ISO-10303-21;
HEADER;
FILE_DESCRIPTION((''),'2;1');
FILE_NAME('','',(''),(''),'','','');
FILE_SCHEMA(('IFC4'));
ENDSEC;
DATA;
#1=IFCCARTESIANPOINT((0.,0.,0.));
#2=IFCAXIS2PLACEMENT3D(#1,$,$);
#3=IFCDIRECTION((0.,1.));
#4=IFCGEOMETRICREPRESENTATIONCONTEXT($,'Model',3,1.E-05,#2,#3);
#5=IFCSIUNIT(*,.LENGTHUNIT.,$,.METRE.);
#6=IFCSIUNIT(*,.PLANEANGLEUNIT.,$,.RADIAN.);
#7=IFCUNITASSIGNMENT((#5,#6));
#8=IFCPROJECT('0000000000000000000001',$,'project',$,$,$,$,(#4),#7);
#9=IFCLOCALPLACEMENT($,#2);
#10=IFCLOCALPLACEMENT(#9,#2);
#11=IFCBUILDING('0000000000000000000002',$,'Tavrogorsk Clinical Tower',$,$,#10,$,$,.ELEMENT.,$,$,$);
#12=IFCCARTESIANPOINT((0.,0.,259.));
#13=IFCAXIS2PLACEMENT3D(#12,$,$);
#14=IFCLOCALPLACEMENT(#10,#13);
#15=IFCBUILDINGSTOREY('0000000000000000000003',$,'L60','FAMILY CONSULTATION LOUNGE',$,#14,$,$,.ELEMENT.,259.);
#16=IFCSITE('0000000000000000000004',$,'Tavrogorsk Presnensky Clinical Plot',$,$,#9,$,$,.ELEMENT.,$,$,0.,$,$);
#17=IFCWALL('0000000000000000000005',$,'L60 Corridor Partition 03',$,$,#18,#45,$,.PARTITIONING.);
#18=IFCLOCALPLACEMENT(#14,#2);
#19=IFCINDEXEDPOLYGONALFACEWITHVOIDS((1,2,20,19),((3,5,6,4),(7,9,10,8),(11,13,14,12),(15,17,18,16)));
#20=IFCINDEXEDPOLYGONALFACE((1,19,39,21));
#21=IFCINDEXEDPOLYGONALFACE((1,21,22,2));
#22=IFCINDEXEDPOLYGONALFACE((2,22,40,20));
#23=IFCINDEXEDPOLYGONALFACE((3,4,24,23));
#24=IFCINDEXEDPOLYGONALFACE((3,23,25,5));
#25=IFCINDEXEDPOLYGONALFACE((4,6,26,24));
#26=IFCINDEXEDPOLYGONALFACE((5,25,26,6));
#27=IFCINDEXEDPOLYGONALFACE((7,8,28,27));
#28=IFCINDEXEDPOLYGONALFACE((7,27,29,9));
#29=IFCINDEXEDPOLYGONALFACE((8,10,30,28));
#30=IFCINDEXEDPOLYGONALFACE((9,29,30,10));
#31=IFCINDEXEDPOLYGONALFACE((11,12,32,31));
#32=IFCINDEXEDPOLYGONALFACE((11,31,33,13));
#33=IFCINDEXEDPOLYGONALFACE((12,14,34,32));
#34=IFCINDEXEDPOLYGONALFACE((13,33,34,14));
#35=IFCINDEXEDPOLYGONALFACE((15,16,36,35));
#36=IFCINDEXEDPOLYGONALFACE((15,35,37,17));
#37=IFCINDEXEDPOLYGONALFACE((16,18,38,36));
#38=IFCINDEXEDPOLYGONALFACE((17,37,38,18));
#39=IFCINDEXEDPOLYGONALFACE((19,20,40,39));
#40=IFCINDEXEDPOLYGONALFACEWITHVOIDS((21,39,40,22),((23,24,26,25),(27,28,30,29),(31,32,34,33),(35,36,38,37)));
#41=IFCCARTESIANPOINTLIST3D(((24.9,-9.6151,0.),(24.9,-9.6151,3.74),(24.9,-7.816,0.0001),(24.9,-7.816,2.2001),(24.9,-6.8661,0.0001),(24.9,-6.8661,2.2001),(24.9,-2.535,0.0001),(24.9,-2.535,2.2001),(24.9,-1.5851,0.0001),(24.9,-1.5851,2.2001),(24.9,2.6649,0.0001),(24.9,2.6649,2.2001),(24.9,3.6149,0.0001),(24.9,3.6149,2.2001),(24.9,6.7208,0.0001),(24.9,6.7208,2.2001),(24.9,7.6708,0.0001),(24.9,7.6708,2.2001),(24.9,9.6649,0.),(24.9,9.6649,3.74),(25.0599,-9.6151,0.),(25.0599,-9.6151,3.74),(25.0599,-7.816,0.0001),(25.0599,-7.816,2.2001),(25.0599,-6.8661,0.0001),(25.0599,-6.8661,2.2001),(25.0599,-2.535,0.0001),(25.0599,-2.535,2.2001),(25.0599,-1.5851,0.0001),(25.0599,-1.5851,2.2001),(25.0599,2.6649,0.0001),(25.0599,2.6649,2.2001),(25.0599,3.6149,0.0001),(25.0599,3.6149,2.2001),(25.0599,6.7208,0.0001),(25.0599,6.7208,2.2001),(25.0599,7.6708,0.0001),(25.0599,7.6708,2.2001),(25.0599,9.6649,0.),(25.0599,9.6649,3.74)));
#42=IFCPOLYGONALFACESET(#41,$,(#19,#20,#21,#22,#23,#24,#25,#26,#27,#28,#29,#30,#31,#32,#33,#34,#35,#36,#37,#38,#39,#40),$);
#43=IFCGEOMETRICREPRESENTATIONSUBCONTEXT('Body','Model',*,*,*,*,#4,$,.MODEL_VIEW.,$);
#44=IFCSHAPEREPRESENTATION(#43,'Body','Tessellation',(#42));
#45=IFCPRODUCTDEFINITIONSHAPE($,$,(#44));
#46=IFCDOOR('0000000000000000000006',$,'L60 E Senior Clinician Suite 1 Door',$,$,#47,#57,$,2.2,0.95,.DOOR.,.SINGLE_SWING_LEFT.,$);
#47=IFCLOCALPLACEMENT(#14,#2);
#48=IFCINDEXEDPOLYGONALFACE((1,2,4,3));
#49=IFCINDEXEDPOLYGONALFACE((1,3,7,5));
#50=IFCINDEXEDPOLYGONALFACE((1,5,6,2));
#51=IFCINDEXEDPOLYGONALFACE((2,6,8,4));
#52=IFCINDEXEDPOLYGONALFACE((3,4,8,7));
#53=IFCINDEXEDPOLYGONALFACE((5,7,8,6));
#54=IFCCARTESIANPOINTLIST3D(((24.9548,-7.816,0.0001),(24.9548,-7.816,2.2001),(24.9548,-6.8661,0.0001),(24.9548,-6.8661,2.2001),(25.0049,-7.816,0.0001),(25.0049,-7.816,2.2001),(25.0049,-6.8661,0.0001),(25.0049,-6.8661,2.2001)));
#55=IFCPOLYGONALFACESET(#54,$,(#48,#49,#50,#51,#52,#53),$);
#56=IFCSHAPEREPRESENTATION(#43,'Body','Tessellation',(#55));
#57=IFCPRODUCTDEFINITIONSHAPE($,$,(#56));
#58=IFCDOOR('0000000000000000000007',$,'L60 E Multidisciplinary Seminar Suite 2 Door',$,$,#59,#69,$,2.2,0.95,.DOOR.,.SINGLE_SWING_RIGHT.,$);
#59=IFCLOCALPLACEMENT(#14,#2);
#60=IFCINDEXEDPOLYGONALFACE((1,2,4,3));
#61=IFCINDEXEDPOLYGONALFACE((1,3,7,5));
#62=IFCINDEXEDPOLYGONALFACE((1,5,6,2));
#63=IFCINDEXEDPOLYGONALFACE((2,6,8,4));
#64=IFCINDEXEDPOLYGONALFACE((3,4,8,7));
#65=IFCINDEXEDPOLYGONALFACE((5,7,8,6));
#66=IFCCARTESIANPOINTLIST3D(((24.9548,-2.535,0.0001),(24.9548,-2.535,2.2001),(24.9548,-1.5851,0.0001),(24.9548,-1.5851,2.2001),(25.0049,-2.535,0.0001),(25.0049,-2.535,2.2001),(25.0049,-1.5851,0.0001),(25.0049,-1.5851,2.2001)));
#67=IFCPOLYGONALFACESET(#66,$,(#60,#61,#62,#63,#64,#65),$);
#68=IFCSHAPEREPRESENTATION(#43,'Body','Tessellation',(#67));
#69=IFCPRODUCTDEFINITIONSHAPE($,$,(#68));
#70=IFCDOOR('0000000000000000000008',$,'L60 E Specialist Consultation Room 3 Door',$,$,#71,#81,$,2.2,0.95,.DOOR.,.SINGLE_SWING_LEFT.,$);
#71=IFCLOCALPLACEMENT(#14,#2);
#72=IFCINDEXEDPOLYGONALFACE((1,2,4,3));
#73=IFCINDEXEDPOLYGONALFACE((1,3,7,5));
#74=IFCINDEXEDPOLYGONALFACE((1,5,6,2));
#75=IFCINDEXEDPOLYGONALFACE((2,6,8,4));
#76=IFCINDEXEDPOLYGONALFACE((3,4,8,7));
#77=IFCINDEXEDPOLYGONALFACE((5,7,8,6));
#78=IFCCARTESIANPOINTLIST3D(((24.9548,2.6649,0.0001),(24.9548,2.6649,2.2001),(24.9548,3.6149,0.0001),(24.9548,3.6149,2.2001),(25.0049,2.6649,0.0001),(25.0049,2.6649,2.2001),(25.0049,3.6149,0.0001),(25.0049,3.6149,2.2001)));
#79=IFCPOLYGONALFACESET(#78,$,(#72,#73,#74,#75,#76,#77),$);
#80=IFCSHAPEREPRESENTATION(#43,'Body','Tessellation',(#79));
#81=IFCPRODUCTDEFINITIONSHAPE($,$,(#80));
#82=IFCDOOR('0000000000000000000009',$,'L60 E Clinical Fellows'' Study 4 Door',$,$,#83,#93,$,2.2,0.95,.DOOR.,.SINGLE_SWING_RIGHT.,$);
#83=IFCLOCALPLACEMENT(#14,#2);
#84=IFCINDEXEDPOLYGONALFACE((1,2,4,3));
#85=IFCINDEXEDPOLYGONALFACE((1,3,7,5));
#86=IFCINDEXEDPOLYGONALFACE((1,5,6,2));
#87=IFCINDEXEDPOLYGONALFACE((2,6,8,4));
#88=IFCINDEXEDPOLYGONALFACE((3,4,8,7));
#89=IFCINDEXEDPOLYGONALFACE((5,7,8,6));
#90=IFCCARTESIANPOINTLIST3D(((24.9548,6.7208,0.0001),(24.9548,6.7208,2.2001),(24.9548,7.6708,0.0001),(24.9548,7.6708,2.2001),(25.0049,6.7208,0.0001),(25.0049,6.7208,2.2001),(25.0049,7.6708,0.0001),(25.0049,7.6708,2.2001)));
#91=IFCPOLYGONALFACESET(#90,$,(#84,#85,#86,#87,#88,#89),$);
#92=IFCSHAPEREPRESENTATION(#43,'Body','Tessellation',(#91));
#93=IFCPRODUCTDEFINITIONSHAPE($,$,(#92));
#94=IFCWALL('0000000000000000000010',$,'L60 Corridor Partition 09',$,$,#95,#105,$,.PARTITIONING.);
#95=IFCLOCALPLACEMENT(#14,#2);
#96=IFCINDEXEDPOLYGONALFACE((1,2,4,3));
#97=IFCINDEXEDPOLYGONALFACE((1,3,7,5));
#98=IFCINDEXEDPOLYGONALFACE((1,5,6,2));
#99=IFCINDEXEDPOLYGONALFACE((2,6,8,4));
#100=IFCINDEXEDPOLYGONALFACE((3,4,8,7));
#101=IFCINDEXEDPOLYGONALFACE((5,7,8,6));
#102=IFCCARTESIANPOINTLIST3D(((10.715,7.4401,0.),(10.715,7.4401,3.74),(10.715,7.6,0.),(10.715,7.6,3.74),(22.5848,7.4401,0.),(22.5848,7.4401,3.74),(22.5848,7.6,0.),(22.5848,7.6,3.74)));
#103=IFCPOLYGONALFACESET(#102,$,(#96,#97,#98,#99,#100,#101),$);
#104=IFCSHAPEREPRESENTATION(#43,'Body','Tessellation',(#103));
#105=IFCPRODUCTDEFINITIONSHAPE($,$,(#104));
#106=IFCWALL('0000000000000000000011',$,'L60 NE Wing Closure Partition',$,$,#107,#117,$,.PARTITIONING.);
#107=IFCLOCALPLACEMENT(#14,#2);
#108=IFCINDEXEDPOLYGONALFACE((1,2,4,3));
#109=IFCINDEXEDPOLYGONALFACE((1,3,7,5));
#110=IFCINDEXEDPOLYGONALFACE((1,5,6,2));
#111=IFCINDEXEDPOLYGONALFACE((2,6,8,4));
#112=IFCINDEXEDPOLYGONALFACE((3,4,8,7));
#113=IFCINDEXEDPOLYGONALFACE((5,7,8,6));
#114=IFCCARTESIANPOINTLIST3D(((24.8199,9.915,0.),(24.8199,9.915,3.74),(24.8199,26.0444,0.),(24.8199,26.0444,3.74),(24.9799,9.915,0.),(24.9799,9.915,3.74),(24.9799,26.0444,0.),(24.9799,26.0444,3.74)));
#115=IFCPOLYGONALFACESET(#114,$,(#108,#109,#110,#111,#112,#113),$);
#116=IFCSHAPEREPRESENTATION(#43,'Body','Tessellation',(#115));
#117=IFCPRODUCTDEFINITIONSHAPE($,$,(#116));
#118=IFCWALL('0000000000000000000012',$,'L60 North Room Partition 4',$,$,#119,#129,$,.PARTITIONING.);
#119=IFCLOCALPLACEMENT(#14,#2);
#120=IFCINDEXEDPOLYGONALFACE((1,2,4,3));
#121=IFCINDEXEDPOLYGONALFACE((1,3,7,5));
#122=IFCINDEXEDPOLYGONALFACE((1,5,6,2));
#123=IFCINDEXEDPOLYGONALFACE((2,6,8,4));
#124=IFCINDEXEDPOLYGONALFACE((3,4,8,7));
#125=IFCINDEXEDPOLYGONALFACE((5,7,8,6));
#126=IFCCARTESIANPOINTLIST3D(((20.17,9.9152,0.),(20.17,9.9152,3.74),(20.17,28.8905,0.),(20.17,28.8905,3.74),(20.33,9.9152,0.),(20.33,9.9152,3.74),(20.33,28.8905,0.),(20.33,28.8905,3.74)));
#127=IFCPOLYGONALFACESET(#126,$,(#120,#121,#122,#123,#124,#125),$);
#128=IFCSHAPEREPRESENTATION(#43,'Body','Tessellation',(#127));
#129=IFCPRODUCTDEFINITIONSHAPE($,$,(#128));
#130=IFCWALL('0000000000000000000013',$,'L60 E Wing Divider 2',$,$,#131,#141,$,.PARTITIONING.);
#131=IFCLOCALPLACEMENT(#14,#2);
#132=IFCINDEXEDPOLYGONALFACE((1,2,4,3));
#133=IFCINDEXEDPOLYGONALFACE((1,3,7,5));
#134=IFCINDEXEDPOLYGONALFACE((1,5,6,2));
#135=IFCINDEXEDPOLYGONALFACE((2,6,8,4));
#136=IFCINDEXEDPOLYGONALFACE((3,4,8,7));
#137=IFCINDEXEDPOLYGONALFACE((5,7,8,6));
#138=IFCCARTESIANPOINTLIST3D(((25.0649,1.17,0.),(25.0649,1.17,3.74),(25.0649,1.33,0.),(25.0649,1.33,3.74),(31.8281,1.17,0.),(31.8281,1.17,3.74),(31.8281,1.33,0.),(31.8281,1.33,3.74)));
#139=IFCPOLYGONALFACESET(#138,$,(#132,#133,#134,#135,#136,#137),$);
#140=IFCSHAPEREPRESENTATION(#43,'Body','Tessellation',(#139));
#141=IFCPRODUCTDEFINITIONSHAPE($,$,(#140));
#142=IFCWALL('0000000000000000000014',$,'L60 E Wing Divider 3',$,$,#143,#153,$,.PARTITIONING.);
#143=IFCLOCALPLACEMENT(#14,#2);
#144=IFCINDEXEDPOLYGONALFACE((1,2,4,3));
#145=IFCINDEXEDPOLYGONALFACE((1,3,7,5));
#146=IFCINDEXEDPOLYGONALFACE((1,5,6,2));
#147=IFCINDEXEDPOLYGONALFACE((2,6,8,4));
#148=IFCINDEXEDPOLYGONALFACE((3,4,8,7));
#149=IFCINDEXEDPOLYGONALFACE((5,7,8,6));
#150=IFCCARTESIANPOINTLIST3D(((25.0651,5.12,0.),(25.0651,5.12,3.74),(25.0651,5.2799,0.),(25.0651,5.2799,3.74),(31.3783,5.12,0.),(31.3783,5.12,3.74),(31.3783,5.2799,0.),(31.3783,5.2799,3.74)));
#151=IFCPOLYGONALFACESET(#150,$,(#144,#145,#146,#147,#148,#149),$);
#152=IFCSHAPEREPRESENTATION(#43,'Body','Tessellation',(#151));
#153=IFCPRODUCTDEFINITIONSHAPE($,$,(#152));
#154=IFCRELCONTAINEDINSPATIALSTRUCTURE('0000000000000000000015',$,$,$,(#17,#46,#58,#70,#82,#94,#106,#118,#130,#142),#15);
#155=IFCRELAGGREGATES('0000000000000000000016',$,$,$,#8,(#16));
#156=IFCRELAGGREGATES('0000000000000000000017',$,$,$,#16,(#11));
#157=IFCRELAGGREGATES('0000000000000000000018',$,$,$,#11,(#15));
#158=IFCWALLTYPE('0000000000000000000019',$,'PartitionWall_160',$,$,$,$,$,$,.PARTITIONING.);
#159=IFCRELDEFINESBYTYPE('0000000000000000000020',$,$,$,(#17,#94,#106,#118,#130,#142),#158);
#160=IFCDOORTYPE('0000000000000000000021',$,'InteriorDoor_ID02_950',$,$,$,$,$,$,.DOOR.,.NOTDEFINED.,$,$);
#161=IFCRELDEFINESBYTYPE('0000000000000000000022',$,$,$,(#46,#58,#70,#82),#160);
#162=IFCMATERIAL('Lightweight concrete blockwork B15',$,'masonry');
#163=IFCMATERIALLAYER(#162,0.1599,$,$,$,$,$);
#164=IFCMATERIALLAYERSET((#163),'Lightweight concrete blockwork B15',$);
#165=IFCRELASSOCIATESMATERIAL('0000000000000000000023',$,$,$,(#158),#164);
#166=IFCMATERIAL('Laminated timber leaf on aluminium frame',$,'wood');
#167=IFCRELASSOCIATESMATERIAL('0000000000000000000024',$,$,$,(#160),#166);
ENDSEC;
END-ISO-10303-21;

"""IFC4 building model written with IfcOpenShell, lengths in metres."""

from ifc_helpers import new_model, si_unit, direction, frame, frame_2d, origin, place, context, subcontext, project, spatial, rectangle, extrude, material, layer, layer_set, type_object, element, fill, save


model = new_model("IFC4")

# Units and contexts
model_context = context("Model", 3, precision=1e-05, world=origin(), true_north=direction((0.0, 1.0)))
body_context = subcontext(model_context, "Body", "Model", "MODEL_VIEW")
ifc_project = project(units=[si_unit("LENGTHUNIT", "METRE"), si_unit("PLANEANGLEUNIT", "RADIAN")], contexts=[model_context])

# Site, building, storey
site_placement = place(None, origin())
site = spatial("IfcSite", under=ifc_project, at=site_placement, Name="Tavrogorsk Presnensky Clinical Plot", CompositionType="ELEMENT", RefElevation=0.0)
building_placement = place(site_placement, origin())
building = spatial("IfcBuilding", under=site, at=building_placement, Name="Tavrogorsk Clinical Tower", CompositionType="ELEMENT")
storey_placement = place(building_placement, frame((0.0, 0.0, 259.0)))
storey = spatial("IfcBuildingStorey", under=building, at=storey_placement, Name="L60", Description="FAMILY CONSULTATION LOUNGE", CompositionType="ELEMENT", Elevation=259.0)

# Wall, openings, doors
ifc_material_1 = material(Name="Lightweight concrete blockwork B15", Category="masonry")
ifc_layer_1 = layer(ifc_material_1, 0.1599)
ifc_layer_set_1 = layer_set([ifc_layer_1], Name="Lightweight concrete blockwork B15")
wall_type_1 = type_object("IfcWallType", Name="PartitionWall_160", PredefinedType="PARTITIONING", material=ifc_layer_set_1)
wall_1_placement = place(storey_placement, frame((24.98, 9.665, 0.0), z_axis=(0.0, 0.0, 1.0), x_axis=(0.0, -1.0, 0.0)))
wall_1 = element("IfcWall", 1, at=wall_1_placement, inside=storey, type_object=wall_type_1, Name="L60 Corridor Partition 03", PredefinedType="PARTITIONING", context=body_context, shape_type="SweptSolid", body=[
    extrude(rectangle(XDim=19.28, YDim=0.1599, at=frame_2d((9.6401, 0.0))), origin(), (0.0, 0.0, 1.0), 3.74),
])
opening_1_placement = place(wall_1_placement, frame((16.531, 0.0, 0.0)))
opening_1 = element("IfcOpeningElement", 2, at=opening_1_placement, cuts=wall_1, PredefinedType="OPENING", context=body_context, shape_type="SweptSolid", body=[
    extrude(rectangle(XDim=0.95, YDim=2.2, at=frame_2d((0.4751, 1.1001))), frame((0.0, 0.0898, 0.0), z_axis=(0.0, -1.0, 0.0), x_axis=(1.0, 0.0, 0.0)), (0.0, 0.0, 1.0), 0.1799),
])
opening_2_placement = place(wall_1_placement, frame((11.25, 0.0, 0.0)))
opening_2 = element("IfcOpeningElement", 3, at=opening_2_placement, cuts=wall_1, PredefinedType="OPENING", context=body_context, shape_type="SweptSolid", body=[
    extrude(rectangle(XDim=0.95, YDim=2.2, at=frame_2d((0.4751, 1.1001))), frame((0.0, 0.0898, 0.0), z_axis=(0.0, -1.0, 0.0), x_axis=(1.0, 0.0, 0.0)), (0.0, 0.0, 1.0), 0.1799),
])
opening_3_placement = place(wall_1_placement, frame((6.05, 0.0, 0.0)))
opening_3 = element("IfcOpeningElement", 4, at=opening_3_placement, cuts=wall_1, PredefinedType="OPENING", context=body_context, shape_type="SweptSolid", body=[
    extrude(rectangle(XDim=0.95, YDim=2.2, at=frame_2d((0.4751, 1.1001))), frame((0.0, 0.0898, 0.0), z_axis=(0.0, -1.0, 0.0), x_axis=(1.0, 0.0, 0.0)), (0.0, 0.0, 1.0), 0.1799),
])
opening_4_placement = place(wall_1_placement, frame((1.9941, 0.0, 0.0)))
opening_4 = element("IfcOpeningElement", 5, at=opening_4_placement, cuts=wall_1, PredefinedType="OPENING", context=body_context, shape_type="SweptSolid", body=[
    extrude(rectangle(XDim=0.95, YDim=2.2, at=frame_2d((0.4751, 1.1001))), frame((0.0, 0.0898, 0.0), z_axis=(0.0, -1.0, 0.0), x_axis=(1.0, 0.0, 0.0)), (0.0, 0.0, 1.0), 0.1799),
])
ifc_material_2 = material(Name="Laminated timber leaf on aluminium frame", Category="wood")
door_type_1 = type_object("IfcDoorType", Name="InteriorDoor_ID02_950", OperationType="NOTDEFINED", PredefinedType="DOOR", material=ifc_material_2)
door_1_placement = place(opening_1_placement, origin())
door_1 = element("IfcDoor", 6, at=door_1_placement, inside=storey, type_object=door_type_1, Name="L60 E Senior Clinician Suite 1 Door", OperationType="SINGLE_SWING_LEFT", OverallHeight=2.2, OverallWidth=0.95, PredefinedType="DOOR", context=body_context, shape_type="SweptSolid", body=[
    extrude(rectangle(XDim=0.95, YDim=2.2, at=frame_2d((0.4751, 1.1001))), frame((0.0, 0.0249, 0.0), z_axis=(0.0, -1.0, 0.0), x_axis=(1.0, 0.0, 0.0)), (0.0, 0.0, 1.0), 0.05),
])
fill(opening_1, door_1)
door_2_placement = place(opening_2_placement, origin())
door_2 = element("IfcDoor", 7, at=door_2_placement, inside=storey, type_object=door_type_1, Name="L60 E Multidisciplinary Seminar Suite 2 Door", OperationType="SINGLE_SWING_RIGHT", OverallHeight=2.2, OverallWidth=0.95, PredefinedType="DOOR", context=body_context, shape_type="SweptSolid", body=[
    extrude(rectangle(XDim=0.95, YDim=2.2, at=frame_2d((0.4751, 1.1001))), frame((0.0, 0.0249, 0.0), z_axis=(0.0, -1.0, 0.0), x_axis=(1.0, 0.0, 0.0)), (0.0, 0.0, 1.0), 0.05),
])
fill(opening_2, door_2)
door_3_placement = place(opening_3_placement, origin())
door_3 = element("IfcDoor", 8, at=door_3_placement, inside=storey, type_object=door_type_1, Name="L60 E Specialist Consultation Room 3 Door", OperationType="SINGLE_SWING_LEFT", OverallHeight=2.2, OverallWidth=0.95, PredefinedType="DOOR", context=body_context, shape_type="SweptSolid", body=[
    extrude(rectangle(XDim=0.95, YDim=2.2, at=frame_2d((0.4751, 1.1001))), frame((0.0, 0.0249, 0.0), z_axis=(0.0, -1.0, 0.0), x_axis=(1.0, 0.0, 0.0)), (0.0, 0.0, 1.0), 0.05),
])
fill(opening_3, door_3)
door_4_placement = place(opening_4_placement, origin())
door_4 = element("IfcDoor", 9, at=door_4_placement, inside=storey, type_object=door_type_1, Name="L60 E Clinical Fellows' Study 4 Door", OperationType="SINGLE_SWING_RIGHT", OverallHeight=2.2, OverallWidth=0.95, PredefinedType="DOOR", context=body_context, shape_type="SweptSolid", body=[
    extrude(rectangle(XDim=0.95, YDim=2.2, at=frame_2d((0.4751, 1.1001))), frame((0.0, 0.0249, 0.0), z_axis=(0.0, -1.0, 0.0), x_axis=(1.0, 0.0, 0.0)), (0.0, 0.0, 1.0), 0.05),
])
fill(opening_4, door_4)

# Walls
wall_2_placement = place(storey_placement, frame((22.585, 7.52, 0.0), z_axis=(0.0, 0.0, 1.0), x_axis=(-1.0, 0.0, 0.0)))
element("IfcWall", 10, at=wall_2_placement, inside=storey, type_object=wall_type_1, Name="L60 Corridor Partition 09", PredefinedType="PARTITIONING", context=body_context, shape_type="SweptSolid", body=[
    extrude(rectangle(XDim=11.8699, YDim=0.1599, at=frame_2d((5.9351, 0.0))), origin(), (0.0, 0.0, 1.0), 3.74),
])
wall_3_placement = place(storey_placement, frame((24.8999, 9.915, 0.0), z_axis=(0.0, 0.0, 1.0), x_axis=(0.0, 1.0, 0.0)))
element("IfcWall", 11, at=wall_3_placement, inside=storey, type_object=wall_type_1, Name="L60 NE Wing Closure Partition", PredefinedType="PARTITIONING", context=body_context, shape_type="SweptSolid", body=[
    extrude(rectangle(XDim=16.1294, YDim=0.1599, at=frame_2d((8.0647, 0.0))), origin(), (0.0, 0.0, 1.0), 3.74),
])
wall_4_placement = place(storey_placement, frame((20.25, 9.915, 0.0), z_axis=(0.0, 0.0, 1.0), x_axis=(0.0, 1.0, 0.0)))
element("IfcWall", 12, at=wall_4_placement, inside=storey, type_object=wall_type_1, Name="L60 North Room Partition 4", PredefinedType="PARTITIONING", context=body_context, shape_type="SweptSolid", body=[
    extrude(rectangle(XDim=18.9753, YDim=0.1599, at=frame_2d((9.4878, 0.0))), origin(), (0.0, 0.0, 1.0), 3.74),
])
wall_5_placement = place(storey_placement, frame((25.0649, 1.25, 0.0), z_axis=(0.0, 0.0, 1.0), x_axis=(1.0, 0.0, 0.0)))
element("IfcWall", 13, at=wall_5_placement, inside=storey, type_object=wall_type_1, Name="L60 E Wing Divider 2", PredefinedType="PARTITIONING", context=body_context, shape_type="SweptSolid", body=[
    extrude(rectangle(XDim=6.7632, YDim=0.1599, at=frame_2d((3.3816, 0.0))), origin(), (0.0, 0.0, 1.0), 3.74),
])
wall_6_placement = place(storey_placement, frame((25.0649, 5.2, 0.0), z_axis=(0.0, 0.0, 1.0), x_axis=(1.0, 0.0, 0.0)))
element("IfcWall", 14, at=wall_6_placement, inside=storey, type_object=wall_type_1, Name="L60 E Wing Divider 3", PredefinedType="PARTITIONING", context=body_context, shape_type="SweptSolid", body=[
    extrude(rectangle(XDim=6.3132, YDim=0.1599, at=frame_2d((3.1567, 0.0))), origin(), (0.0, 0.0, 1.0), 3.74),
])

save(model, "model.ifc")
